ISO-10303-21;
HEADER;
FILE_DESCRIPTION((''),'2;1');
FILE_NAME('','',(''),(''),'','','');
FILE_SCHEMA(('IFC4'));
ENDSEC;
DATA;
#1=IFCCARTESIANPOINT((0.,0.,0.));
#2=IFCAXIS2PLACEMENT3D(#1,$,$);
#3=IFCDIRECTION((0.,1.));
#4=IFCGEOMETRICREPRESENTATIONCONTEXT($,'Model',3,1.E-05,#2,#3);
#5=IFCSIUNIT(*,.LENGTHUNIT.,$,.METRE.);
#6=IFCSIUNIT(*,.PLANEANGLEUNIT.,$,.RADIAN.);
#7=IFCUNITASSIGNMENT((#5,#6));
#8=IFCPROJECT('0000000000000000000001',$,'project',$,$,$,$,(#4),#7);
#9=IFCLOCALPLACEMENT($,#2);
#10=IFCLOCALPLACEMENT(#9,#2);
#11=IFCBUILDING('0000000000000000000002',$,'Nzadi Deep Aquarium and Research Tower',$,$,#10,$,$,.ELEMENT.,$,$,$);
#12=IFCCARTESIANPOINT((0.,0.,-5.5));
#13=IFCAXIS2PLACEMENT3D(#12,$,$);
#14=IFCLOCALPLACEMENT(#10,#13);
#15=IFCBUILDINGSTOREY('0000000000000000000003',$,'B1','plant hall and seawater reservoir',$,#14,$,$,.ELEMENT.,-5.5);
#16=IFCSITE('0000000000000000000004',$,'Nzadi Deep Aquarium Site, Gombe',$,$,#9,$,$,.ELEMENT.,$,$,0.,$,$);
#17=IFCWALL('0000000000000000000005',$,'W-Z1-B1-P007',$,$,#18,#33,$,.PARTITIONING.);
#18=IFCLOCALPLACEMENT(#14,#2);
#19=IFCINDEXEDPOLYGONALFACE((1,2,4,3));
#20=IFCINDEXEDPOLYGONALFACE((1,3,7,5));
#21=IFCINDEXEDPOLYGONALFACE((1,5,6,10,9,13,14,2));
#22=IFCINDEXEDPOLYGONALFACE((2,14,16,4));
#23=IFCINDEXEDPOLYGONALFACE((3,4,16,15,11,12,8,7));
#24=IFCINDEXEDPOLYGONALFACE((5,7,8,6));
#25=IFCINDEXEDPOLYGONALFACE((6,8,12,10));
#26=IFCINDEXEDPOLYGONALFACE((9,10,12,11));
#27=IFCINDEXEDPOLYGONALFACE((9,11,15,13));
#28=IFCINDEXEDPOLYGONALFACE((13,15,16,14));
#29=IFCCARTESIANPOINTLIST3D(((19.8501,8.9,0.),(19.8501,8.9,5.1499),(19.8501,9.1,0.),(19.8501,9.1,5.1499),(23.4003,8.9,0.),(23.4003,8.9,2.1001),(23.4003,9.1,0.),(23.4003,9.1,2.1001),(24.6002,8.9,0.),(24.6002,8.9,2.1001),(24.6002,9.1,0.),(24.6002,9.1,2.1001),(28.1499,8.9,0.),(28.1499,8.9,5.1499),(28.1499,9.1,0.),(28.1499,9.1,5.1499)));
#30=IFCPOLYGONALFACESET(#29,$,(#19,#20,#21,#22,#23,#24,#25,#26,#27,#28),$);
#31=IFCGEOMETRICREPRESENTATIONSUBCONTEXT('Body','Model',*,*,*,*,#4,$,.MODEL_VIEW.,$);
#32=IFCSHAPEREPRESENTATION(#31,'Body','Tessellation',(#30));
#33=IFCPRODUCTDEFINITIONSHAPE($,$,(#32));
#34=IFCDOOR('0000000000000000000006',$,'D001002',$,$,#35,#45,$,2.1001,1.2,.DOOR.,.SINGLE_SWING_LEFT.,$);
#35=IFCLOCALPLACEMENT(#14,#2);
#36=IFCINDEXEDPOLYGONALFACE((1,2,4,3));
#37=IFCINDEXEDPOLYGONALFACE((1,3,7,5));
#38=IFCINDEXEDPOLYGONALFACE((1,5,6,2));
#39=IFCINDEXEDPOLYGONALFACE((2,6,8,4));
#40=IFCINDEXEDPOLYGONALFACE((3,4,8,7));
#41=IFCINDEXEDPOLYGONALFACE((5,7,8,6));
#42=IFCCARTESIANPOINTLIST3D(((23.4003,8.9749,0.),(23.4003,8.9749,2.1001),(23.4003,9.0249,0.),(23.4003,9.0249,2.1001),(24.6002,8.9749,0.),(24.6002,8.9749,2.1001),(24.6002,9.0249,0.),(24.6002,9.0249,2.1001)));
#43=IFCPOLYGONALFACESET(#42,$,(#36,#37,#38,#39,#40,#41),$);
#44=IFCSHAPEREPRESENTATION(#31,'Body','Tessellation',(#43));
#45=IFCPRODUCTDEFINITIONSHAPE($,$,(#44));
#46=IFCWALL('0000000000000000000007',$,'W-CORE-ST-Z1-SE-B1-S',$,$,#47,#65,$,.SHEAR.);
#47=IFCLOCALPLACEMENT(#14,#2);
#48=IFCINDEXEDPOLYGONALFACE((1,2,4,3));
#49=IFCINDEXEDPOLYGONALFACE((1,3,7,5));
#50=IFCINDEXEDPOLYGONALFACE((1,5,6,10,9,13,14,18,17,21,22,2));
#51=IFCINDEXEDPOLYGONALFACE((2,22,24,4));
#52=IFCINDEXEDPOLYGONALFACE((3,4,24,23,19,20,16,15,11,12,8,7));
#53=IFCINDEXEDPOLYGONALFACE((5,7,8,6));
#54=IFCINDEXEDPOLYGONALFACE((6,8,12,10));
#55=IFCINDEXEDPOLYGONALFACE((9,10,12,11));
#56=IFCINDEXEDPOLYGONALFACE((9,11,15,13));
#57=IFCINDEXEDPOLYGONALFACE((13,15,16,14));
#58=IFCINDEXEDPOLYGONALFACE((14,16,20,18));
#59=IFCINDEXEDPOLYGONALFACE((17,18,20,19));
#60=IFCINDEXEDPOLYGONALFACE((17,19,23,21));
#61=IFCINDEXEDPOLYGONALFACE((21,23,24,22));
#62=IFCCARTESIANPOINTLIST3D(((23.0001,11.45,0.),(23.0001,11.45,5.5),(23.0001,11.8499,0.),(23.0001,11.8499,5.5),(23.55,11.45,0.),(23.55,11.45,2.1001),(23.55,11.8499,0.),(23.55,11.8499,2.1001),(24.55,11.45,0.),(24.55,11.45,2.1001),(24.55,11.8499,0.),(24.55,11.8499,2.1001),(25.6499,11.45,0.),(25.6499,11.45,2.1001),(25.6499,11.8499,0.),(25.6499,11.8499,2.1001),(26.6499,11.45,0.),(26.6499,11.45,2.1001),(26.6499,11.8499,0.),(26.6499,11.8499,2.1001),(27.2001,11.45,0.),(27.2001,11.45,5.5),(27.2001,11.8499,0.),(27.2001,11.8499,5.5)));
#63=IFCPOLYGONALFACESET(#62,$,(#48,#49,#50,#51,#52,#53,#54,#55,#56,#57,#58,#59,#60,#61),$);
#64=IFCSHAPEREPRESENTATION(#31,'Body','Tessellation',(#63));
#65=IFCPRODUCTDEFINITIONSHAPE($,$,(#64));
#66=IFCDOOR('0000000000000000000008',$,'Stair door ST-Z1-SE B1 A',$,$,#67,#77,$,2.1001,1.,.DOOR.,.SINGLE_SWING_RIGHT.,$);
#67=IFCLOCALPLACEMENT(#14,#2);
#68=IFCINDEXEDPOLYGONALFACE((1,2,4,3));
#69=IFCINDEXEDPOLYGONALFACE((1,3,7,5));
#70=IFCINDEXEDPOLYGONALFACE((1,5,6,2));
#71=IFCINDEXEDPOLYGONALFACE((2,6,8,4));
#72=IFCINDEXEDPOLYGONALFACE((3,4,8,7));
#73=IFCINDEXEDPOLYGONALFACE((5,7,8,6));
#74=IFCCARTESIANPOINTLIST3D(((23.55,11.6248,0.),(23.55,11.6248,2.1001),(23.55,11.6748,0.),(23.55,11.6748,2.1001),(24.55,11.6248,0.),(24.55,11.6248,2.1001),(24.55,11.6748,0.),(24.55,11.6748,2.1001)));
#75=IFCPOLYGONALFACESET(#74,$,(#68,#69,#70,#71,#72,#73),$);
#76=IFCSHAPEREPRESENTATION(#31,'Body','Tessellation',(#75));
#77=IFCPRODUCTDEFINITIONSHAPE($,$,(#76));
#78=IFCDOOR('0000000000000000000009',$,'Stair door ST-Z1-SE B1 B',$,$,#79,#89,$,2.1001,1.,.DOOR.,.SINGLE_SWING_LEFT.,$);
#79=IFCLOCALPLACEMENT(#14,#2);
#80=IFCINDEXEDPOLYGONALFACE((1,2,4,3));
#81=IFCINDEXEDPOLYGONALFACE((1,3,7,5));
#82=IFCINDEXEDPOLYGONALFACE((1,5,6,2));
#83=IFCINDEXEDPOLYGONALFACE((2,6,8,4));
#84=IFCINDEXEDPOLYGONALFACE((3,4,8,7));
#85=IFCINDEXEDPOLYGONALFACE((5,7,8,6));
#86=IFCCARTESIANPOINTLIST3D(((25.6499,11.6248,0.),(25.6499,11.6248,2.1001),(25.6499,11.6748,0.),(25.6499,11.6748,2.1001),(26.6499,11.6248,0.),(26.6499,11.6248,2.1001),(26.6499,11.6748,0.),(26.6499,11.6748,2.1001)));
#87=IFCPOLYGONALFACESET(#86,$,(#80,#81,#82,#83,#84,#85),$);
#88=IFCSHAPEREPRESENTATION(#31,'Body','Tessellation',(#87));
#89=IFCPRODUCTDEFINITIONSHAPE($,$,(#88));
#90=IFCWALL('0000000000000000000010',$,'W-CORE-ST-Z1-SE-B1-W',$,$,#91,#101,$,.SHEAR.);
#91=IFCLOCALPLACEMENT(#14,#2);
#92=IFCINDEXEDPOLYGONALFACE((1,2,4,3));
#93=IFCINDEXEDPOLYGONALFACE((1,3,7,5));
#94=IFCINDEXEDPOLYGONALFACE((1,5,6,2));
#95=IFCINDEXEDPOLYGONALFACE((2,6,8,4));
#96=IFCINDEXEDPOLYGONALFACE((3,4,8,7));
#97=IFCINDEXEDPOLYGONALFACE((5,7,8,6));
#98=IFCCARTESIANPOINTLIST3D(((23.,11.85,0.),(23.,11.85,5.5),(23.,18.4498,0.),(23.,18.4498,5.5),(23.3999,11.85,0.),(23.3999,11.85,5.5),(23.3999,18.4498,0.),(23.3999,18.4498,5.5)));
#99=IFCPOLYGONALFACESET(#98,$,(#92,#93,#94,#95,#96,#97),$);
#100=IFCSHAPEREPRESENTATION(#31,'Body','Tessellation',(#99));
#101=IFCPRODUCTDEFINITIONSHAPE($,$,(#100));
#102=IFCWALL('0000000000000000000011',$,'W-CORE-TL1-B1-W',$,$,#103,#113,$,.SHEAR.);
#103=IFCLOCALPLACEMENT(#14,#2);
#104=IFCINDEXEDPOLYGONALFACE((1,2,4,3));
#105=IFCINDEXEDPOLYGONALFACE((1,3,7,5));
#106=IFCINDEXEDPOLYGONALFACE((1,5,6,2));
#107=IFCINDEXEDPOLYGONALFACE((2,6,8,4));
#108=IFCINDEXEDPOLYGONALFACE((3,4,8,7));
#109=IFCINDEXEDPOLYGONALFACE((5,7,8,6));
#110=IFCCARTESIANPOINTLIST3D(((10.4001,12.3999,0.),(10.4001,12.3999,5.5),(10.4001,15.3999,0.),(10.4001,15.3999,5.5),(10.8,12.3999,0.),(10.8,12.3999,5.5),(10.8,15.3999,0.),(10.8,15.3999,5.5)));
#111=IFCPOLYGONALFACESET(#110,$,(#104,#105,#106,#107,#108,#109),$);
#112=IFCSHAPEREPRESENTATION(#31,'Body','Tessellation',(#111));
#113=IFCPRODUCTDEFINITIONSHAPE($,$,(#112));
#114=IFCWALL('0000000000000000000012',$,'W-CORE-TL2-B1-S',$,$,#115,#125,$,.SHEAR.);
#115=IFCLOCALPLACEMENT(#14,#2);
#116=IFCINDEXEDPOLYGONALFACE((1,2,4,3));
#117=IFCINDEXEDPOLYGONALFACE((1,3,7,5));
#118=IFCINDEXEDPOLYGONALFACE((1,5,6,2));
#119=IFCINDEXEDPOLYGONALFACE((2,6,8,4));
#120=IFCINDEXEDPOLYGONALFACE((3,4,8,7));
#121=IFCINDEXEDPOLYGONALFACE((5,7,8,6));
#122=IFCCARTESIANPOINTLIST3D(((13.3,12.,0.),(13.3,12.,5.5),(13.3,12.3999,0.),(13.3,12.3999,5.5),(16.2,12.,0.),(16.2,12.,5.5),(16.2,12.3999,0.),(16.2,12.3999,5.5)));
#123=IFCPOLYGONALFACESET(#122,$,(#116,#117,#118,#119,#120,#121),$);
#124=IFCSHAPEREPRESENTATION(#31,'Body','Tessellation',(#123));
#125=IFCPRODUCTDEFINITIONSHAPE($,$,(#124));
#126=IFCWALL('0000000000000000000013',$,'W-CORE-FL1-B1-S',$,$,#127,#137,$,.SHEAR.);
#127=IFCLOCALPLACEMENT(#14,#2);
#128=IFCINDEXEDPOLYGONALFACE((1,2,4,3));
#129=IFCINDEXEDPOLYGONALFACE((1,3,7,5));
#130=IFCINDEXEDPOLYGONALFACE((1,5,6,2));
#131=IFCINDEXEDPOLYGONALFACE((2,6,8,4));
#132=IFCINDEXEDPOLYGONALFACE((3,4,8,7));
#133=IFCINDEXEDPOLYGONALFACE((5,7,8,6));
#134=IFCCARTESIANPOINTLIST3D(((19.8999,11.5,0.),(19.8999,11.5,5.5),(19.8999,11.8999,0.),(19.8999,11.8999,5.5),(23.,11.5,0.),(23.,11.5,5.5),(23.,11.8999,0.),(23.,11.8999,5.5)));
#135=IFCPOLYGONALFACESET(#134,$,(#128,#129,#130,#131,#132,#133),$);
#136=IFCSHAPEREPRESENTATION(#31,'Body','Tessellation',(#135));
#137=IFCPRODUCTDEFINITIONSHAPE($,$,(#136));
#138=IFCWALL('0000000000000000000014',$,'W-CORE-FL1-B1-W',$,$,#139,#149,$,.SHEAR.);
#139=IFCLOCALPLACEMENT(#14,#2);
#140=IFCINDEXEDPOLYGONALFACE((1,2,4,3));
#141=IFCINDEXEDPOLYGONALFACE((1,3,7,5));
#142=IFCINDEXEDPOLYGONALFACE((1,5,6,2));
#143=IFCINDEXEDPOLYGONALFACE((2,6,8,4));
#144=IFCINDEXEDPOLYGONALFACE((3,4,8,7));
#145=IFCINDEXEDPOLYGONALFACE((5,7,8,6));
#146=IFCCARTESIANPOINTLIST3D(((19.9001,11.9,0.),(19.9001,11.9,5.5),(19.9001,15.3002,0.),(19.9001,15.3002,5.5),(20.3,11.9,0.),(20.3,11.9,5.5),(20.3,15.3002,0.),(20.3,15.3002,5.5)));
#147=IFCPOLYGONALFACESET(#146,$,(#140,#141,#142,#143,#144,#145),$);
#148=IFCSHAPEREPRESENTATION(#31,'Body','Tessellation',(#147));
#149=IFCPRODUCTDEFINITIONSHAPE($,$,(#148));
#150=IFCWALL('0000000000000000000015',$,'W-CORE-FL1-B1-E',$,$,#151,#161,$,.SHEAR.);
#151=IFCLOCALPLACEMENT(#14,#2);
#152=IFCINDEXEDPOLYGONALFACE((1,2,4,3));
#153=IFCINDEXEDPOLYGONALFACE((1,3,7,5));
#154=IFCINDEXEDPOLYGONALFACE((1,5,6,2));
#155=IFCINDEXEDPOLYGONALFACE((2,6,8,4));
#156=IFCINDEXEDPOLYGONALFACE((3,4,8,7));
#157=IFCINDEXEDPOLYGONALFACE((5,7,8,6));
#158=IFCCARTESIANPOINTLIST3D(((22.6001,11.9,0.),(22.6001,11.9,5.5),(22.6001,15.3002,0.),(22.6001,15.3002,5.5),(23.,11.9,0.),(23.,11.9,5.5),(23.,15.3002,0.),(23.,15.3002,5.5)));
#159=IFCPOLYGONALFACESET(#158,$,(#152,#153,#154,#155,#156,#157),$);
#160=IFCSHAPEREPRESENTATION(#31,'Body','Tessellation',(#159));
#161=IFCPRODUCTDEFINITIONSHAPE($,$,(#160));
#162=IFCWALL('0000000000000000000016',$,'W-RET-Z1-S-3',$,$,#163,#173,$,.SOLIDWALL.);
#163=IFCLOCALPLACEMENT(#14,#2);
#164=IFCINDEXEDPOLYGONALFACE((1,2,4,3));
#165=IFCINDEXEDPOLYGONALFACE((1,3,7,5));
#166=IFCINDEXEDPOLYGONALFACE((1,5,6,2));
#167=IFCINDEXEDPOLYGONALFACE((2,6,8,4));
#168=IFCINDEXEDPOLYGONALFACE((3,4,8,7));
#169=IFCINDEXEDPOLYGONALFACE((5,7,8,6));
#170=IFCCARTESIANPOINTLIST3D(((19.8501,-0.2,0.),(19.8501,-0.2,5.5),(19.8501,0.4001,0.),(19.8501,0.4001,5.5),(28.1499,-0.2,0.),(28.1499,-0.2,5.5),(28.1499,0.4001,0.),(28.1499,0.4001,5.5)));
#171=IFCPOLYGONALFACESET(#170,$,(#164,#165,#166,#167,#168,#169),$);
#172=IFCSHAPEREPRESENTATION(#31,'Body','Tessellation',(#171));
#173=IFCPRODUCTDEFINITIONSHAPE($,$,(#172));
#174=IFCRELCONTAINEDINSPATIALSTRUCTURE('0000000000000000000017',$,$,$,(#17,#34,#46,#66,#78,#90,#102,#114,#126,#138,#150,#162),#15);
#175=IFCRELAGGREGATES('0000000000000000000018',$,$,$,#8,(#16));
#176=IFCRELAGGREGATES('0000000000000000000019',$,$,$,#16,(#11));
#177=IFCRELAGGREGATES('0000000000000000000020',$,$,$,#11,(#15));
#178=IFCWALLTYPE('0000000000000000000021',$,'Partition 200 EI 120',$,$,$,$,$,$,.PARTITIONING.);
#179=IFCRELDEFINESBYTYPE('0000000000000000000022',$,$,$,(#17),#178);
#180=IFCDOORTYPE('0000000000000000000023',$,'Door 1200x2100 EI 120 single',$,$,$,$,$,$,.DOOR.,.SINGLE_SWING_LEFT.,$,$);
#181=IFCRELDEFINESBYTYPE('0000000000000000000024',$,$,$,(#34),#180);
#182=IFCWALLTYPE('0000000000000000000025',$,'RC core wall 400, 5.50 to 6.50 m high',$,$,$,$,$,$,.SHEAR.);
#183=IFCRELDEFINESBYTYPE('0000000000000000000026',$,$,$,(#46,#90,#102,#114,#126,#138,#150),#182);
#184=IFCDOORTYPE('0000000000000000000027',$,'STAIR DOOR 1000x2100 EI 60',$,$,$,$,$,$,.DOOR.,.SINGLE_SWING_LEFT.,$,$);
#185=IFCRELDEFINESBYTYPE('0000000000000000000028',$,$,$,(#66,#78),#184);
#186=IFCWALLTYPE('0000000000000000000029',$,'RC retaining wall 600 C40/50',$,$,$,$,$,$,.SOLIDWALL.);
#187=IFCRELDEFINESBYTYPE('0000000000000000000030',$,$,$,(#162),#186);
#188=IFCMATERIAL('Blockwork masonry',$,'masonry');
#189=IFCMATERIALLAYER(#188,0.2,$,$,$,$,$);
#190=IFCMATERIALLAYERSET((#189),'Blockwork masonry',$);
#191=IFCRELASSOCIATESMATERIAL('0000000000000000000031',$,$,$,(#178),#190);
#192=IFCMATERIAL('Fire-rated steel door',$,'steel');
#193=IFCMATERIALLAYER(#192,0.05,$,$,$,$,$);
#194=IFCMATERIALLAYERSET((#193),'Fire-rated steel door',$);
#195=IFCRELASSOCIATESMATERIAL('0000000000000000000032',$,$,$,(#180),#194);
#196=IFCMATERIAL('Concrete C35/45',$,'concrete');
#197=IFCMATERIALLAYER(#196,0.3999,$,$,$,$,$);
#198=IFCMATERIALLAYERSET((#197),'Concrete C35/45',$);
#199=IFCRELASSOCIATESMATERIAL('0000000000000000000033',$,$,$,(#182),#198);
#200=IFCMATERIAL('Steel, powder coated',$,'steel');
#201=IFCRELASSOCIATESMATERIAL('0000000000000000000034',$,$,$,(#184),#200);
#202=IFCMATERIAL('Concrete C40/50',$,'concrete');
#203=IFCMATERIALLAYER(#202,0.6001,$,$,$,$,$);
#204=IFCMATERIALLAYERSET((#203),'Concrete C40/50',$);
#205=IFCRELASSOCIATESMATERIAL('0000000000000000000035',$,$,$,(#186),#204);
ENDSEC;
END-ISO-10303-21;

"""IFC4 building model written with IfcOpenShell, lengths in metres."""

from ifc_helpers import new_model, si_unit, direction, frame, frame_2d, origin, place, context, subcontext, project, spatial, rectangle, extrude, material, layer, layer_set, type_object, element, fill, save


model = new_model("IFC4")

# Units and contexts
model_context = context("Model", 3, precision=1e-05, world=origin(), true_north=direction((0.0, 1.0)))
body_context = subcontext(model_context, "Body", "Model", "MODEL_VIEW")
ifc_project = project(units=[si_unit("LENGTHUNIT", "METRE"), si_unit("PLANEANGLEUNIT", "RADIAN")], contexts=[model_context])

# Site, building, storey
site_placement = place(None, origin())
site = spatial("IfcSite", under=ifc_project, at=site_placement, Name="Nzadi Deep Aquarium Site, Gombe", CompositionType="ELEMENT", RefElevation=0.0)
building_placement = place(site_placement, origin())
building = spatial("IfcBuilding", under=site, at=building_placement, Name="Nzadi Deep Aquarium and Research Tower", CompositionType="ELEMENT")
storey_placement = place(building_placement, frame((0.0, 0.0, -5.5)))
storey = spatial("IfcBuildingStorey", under=building, at=storey_placement, Name="B1", Description="plant hall and seawater reservoir", CompositionType="ELEMENT", Elevation=-5.5)

# Wall, opening, door
ifc_material_1 = material(Name="Blockwork masonry", Category="masonry")
ifc_layer_1 = layer(ifc_material_1, 0.2)
ifc_layer_set_1 = layer_set([ifc_layer_1], Name="Blockwork masonry")
wall_type_1 = type_object("IfcWallType", Name="Partition 200 EI 120", PredefinedType="PARTITIONING", material=ifc_layer_set_1)
wall_1_placement = place(storey_placement, frame((19.8501, 9.0, 0.0), z_axis=(0.0, 0.0, 1.0), x_axis=(1.0, 0.0, 0.0)))
wall_1 = element("IfcWall", 1, at=wall_1_placement, inside=storey, type_object=wall_type_1, Name="W-Z1-B1-P007", PredefinedType="PARTITIONING", context=body_context, shape_type="SweptSolid", body=[
    extrude(rectangle(XDim=8.2998, YDim=0.2, at=frame_2d((4.1499, 0.0))), origin(), (0.0, 0.0, 1.0), 5.1499),
])
opening_1_placement = place(wall_1_placement, frame((3.55, 0.0, 0.0)))
opening_1 = element("IfcOpeningElement", 2, at=opening_1_placement, cuts=wall_1, PredefinedType="OPENING", context=body_context, shape_type="SweptSolid", body=[
    extrude(rectangle(XDim=1.2, YDim=2.1001, at=frame_2d((0.6001, 1.05))), frame((0.0, 0.1101, 0.0), z_axis=(0.0, -1.0, 0.0), x_axis=(1.0, 0.0, 0.0)), (0.0, 0.0, 1.0), 0.2202),
])
ifc_material_2 = material(Name="Fire-rated steel door", Category="steel")
ifc_layer_2 = layer(ifc_material_2, 0.05)
ifc_layer_set_2 = layer_set([ifc_layer_2], Name="Fire-rated steel door")
door_type_1 = type_object("IfcDoorType", Name="Door 1200x2100 EI 120 single", OperationType="SINGLE_SWING_LEFT", PredefinedType="DOOR", material=ifc_layer_set_2)
door_1_placement = place(opening_1_placement, origin())
door_1 = element("IfcDoor", 3, at=door_1_placement, inside=storey, type_object=door_type_1, Name="D001002", OperationType="SINGLE_SWING_LEFT", OverallHeight=2.1001, OverallWidth=1.2, PredefinedType="DOOR", context=body_context, shape_type="SweptSolid", body=[
    extrude(rectangle(XDim=1.2, YDim=2.1001, at=frame_2d((0.6001, 1.05))), frame((0.0, 0.0249, 0.0), z_axis=(0.0, -1.0, 0.0), x_axis=(1.0, 0.0, 0.0)), (0.0, 0.0, 1.0), 0.05),
])
fill(opening_1, door_1)

# Wall, openings, doors
ifc_material_3 = material(Name="Concrete C35/45", Category="concrete")
ifc_layer_3 = layer(ifc_material_3, 0.3999)
ifc_layer_set_3 = layer_set([ifc_layer_3], Name="Concrete C35/45")
wall_type_2 = type_object("IfcWallType", Name="RC core wall 400, 5.50 to 6.50 m high", PredefinedType="SHEAR", material=ifc_layer_set_3)
wall_2_placement = place(storey_placement, frame((23.0, 11.6499, 0.0), z_axis=(0.0, 0.0, 1.0), x_axis=(1.0, 0.0, 0.0)))
wall_2 = element("IfcWall", 4, at=wall_2_placement, inside=storey, type_object=wall_type_2, Name="W-CORE-ST-Z1-SE-B1-S", PredefinedType="SHEAR", context=body_context, shape_type="SweptSolid", body=[
    extrude(rectangle(XDim=4.2, YDim=0.3999, at=frame_2d((2.1001, 0.0))), origin(), (0.0, 0.0, 1.0), 5.5),
])
opening_2_placement = place(wall_2_placement, frame((0.55, 0.0, 0.0)))
opening_2 = element("IfcOpeningElement", 5, at=opening_2_placement, cuts=wall_2, PredefinedType="OPENING", context=body_context, shape_type="SweptSolid", body=[
    extrude(rectangle(XDim=1.0, YDim=2.1001, at=frame_2d((0.5, 1.05))), frame((0.0, 0.21, 0.0), z_axis=(0.0, -1.0, 0.0), x_axis=(1.0, 0.0, 0.0)), (0.0, 0.0, 1.0), 0.4199),
])
opening_3_placement = place(wall_2_placement, frame((2.6499, 0.0, 0.0)))
opening_3 = element("IfcOpeningElement", 6, at=opening_3_placement, cuts=wall_2, PredefinedType="OPENING", context=body_context, shape_type="SweptSolid", body=[
    extrude(rectangle(XDim=1.0, YDim=2.1001, at=frame_2d((0.5, 1.05))), frame((0.0, 0.21, 0.0), z_axis=(0.0, -1.0, 0.0), x_axis=(1.0, 0.0, 0.0)), (0.0, 0.0, 1.0), 0.4199),
])
ifc_material_4 = material(Name="Steel, powder coated", Category="steel")
door_type_2 = type_object("IfcDoorType", Name="STAIR DOOR 1000x2100 EI 60", OperationType="SINGLE_SWING_LEFT", PredefinedType="DOOR", material=ifc_material_4)
door_2_placement = place(opening_2_placement, origin())
door_2 = element("IfcDoor", 7, at=door_2_placement, inside=storey, type_object=door_type_2, Name="Stair door ST-Z1-SE B1 A", OperationType="SINGLE_SWING_RIGHT", OverallHeight=2.1001, OverallWidth=1.0, PredefinedType="DOOR", context=body_context, shape_type="SweptSolid", body=[
    extrude(rectangle(XDim=1.0, YDim=2.1001, at=frame_2d((0.5, 1.05))), frame((0.0, 0.0249, 0.0), z_axis=(0.0, -1.0, 0.0), x_axis=(1.0, 0.0, 0.0)), (0.0, 0.0, 1.0), 0.05),
])
fill(opening_2, door_2)
door_3_placement = place(opening_3_placement, origin())
door_3 = element("IfcDoor", 8, at=door_3_placement, inside=storey, type_object=door_type_2, Name="Stair door ST-Z1-SE B1 B", OperationType="SINGLE_SWING_LEFT", OverallHeight=2.1001, OverallWidth=1.0, PredefinedType="DOOR", context=body_context, shape_type="SweptSolid", body=[
    extrude(rectangle(XDim=1.0, YDim=2.1001, at=frame_2d((0.5, 1.05))), frame((0.0, 0.0249, 0.0), z_axis=(0.0, -1.0, 0.0), x_axis=(1.0, 0.0, 0.0)), (0.0, 0.0, 1.0), 0.05),
])
fill(opening_3, door_3)

# Walls
wall_3_placement = place(storey_placement, frame((23.2, 11.8501, 0.0), z_axis=(0.0, 0.0, 1.0), x_axis=(0.0, 1.0, 0.0)))
element("IfcWall", 9, at=wall_3_placement, inside=storey, type_object=wall_type_2, Name="W-CORE-ST-Z1-SE-B1-W", PredefinedType="SHEAR", context=body_context, shape_type="SweptSolid", body=[
    extrude(rectangle(XDim=6.5999, YDim=0.3999, at=frame_2d((3.2998, 0.0))), origin(), (0.0, 0.0, 1.0), 5.5),
])
wall_4_placement = place(storey_placement, frame((10.6001, 12.3999, 0.0), z_axis=(0.0, 0.0, 1.0), x_axis=(0.0, 1.0, 0.0)))
element("IfcWall", 10, at=wall_4_placement, inside=storey, type_object=wall_type_2, Name="W-CORE-TL1-B1-W", PredefinedType="SHEAR", context=body_context, shape_type="SweptSolid", body=[
    extrude(rectangle(XDim=3.0, YDim=0.3999, at=frame_2d((1.5, 0.0))), origin(), (0.0, 0.0, 1.0), 5.5),
])
wall_5_placement = place(storey_placement, frame((13.3, 12.2, 0.0), z_axis=(0.0, 0.0, 1.0), x_axis=(1.0, 0.0, 0.0)))
element("IfcWall", 11, at=wall_5_placement, inside=storey, type_object=wall_type_2, Name="W-CORE-TL2-B1-S", PredefinedType="SHEAR", context=body_context, shape_type="SweptSolid", body=[
    extrude(rectangle(XDim=2.8999, YDim=0.3999, at=frame_2d((1.45, 0.0))), origin(), (0.0, 0.0, 1.0), 5.5),
])
wall_6_placement = place(storey_placement, frame((19.8999, 11.7, 0.0), z_axis=(0.0, 0.0, 1.0), x_axis=(1.0, 0.0, 0.0)))
element("IfcWall", 12, at=wall_6_placement, inside=storey, type_object=wall_type_2, Name="W-CORE-FL1-B1-S", PredefinedType="SHEAR", context=body_context, shape_type="SweptSolid", body=[
    extrude(rectangle(XDim=3.1001, YDim=0.3999, at=frame_2d((1.55, 0.0))), origin(), (0.0, 0.0, 1.0), 5.5),
])
for number, where, z_axis, x_axis, name in (
    (13, (20.1001, 11.8999, 0.0), (0.0, 0.0, 1.0), (0.0, 1.0, 0.0), "W-CORE-FL1-B1-W"),
    (14, (22.8, 11.8999, 0.0), (0.0, 0.0, 1.0), (0.0, 1.0, 0.0), "W-CORE-FL1-B1-E"),
):
    element("IfcWall", number, at=place(storey_placement, frame(where, z_axis=z_axis, x_axis=x_axis)), inside=storey, type_object=wall_type_2, Name=name, PredefinedType="SHEAR", context=body_context, shape_type="SweptSolid", body=[
        extrude(rectangle(XDim=3.4001, YDim=0.3999, at=frame_2d((1.7002, 0.0))), origin(), (0.0, 0.0, 1.0), 5.5),
    ])
ifc_material_5 = material(Name="Concrete C40/50", Category="concrete")
ifc_layer_4 = layer(ifc_material_5, 0.6001)
ifc_layer_set_4 = layer_set([ifc_layer_4], Name="Concrete C40/50")
wall_type_3 = type_object("IfcWallType", Name="RC retaining wall 600 C40/50", PredefinedType="SOLIDWALL", material=ifc_layer_set_4)
wall_7_placement = place(storey_placement, frame((19.8501, 0.1001, 0.0), z_axis=(0.0, 0.0, 1.0), x_axis=(1.0, 0.0, 0.0)))
element("IfcWall", 15, at=wall_7_placement, inside=storey, type_object=wall_type_3, Name="W-RET-Z1-S-3", PredefinedType="SOLIDWALL", context=body_context, shape_type="SweptSolid", body=[
    extrude(rectangle(XDim=8.2998, YDim=0.6001, at=frame_2d((4.1499, 0.0))), origin(), (0.0, 0.0, 1.0), 5.5),
])

save(model, "model.ifc")
